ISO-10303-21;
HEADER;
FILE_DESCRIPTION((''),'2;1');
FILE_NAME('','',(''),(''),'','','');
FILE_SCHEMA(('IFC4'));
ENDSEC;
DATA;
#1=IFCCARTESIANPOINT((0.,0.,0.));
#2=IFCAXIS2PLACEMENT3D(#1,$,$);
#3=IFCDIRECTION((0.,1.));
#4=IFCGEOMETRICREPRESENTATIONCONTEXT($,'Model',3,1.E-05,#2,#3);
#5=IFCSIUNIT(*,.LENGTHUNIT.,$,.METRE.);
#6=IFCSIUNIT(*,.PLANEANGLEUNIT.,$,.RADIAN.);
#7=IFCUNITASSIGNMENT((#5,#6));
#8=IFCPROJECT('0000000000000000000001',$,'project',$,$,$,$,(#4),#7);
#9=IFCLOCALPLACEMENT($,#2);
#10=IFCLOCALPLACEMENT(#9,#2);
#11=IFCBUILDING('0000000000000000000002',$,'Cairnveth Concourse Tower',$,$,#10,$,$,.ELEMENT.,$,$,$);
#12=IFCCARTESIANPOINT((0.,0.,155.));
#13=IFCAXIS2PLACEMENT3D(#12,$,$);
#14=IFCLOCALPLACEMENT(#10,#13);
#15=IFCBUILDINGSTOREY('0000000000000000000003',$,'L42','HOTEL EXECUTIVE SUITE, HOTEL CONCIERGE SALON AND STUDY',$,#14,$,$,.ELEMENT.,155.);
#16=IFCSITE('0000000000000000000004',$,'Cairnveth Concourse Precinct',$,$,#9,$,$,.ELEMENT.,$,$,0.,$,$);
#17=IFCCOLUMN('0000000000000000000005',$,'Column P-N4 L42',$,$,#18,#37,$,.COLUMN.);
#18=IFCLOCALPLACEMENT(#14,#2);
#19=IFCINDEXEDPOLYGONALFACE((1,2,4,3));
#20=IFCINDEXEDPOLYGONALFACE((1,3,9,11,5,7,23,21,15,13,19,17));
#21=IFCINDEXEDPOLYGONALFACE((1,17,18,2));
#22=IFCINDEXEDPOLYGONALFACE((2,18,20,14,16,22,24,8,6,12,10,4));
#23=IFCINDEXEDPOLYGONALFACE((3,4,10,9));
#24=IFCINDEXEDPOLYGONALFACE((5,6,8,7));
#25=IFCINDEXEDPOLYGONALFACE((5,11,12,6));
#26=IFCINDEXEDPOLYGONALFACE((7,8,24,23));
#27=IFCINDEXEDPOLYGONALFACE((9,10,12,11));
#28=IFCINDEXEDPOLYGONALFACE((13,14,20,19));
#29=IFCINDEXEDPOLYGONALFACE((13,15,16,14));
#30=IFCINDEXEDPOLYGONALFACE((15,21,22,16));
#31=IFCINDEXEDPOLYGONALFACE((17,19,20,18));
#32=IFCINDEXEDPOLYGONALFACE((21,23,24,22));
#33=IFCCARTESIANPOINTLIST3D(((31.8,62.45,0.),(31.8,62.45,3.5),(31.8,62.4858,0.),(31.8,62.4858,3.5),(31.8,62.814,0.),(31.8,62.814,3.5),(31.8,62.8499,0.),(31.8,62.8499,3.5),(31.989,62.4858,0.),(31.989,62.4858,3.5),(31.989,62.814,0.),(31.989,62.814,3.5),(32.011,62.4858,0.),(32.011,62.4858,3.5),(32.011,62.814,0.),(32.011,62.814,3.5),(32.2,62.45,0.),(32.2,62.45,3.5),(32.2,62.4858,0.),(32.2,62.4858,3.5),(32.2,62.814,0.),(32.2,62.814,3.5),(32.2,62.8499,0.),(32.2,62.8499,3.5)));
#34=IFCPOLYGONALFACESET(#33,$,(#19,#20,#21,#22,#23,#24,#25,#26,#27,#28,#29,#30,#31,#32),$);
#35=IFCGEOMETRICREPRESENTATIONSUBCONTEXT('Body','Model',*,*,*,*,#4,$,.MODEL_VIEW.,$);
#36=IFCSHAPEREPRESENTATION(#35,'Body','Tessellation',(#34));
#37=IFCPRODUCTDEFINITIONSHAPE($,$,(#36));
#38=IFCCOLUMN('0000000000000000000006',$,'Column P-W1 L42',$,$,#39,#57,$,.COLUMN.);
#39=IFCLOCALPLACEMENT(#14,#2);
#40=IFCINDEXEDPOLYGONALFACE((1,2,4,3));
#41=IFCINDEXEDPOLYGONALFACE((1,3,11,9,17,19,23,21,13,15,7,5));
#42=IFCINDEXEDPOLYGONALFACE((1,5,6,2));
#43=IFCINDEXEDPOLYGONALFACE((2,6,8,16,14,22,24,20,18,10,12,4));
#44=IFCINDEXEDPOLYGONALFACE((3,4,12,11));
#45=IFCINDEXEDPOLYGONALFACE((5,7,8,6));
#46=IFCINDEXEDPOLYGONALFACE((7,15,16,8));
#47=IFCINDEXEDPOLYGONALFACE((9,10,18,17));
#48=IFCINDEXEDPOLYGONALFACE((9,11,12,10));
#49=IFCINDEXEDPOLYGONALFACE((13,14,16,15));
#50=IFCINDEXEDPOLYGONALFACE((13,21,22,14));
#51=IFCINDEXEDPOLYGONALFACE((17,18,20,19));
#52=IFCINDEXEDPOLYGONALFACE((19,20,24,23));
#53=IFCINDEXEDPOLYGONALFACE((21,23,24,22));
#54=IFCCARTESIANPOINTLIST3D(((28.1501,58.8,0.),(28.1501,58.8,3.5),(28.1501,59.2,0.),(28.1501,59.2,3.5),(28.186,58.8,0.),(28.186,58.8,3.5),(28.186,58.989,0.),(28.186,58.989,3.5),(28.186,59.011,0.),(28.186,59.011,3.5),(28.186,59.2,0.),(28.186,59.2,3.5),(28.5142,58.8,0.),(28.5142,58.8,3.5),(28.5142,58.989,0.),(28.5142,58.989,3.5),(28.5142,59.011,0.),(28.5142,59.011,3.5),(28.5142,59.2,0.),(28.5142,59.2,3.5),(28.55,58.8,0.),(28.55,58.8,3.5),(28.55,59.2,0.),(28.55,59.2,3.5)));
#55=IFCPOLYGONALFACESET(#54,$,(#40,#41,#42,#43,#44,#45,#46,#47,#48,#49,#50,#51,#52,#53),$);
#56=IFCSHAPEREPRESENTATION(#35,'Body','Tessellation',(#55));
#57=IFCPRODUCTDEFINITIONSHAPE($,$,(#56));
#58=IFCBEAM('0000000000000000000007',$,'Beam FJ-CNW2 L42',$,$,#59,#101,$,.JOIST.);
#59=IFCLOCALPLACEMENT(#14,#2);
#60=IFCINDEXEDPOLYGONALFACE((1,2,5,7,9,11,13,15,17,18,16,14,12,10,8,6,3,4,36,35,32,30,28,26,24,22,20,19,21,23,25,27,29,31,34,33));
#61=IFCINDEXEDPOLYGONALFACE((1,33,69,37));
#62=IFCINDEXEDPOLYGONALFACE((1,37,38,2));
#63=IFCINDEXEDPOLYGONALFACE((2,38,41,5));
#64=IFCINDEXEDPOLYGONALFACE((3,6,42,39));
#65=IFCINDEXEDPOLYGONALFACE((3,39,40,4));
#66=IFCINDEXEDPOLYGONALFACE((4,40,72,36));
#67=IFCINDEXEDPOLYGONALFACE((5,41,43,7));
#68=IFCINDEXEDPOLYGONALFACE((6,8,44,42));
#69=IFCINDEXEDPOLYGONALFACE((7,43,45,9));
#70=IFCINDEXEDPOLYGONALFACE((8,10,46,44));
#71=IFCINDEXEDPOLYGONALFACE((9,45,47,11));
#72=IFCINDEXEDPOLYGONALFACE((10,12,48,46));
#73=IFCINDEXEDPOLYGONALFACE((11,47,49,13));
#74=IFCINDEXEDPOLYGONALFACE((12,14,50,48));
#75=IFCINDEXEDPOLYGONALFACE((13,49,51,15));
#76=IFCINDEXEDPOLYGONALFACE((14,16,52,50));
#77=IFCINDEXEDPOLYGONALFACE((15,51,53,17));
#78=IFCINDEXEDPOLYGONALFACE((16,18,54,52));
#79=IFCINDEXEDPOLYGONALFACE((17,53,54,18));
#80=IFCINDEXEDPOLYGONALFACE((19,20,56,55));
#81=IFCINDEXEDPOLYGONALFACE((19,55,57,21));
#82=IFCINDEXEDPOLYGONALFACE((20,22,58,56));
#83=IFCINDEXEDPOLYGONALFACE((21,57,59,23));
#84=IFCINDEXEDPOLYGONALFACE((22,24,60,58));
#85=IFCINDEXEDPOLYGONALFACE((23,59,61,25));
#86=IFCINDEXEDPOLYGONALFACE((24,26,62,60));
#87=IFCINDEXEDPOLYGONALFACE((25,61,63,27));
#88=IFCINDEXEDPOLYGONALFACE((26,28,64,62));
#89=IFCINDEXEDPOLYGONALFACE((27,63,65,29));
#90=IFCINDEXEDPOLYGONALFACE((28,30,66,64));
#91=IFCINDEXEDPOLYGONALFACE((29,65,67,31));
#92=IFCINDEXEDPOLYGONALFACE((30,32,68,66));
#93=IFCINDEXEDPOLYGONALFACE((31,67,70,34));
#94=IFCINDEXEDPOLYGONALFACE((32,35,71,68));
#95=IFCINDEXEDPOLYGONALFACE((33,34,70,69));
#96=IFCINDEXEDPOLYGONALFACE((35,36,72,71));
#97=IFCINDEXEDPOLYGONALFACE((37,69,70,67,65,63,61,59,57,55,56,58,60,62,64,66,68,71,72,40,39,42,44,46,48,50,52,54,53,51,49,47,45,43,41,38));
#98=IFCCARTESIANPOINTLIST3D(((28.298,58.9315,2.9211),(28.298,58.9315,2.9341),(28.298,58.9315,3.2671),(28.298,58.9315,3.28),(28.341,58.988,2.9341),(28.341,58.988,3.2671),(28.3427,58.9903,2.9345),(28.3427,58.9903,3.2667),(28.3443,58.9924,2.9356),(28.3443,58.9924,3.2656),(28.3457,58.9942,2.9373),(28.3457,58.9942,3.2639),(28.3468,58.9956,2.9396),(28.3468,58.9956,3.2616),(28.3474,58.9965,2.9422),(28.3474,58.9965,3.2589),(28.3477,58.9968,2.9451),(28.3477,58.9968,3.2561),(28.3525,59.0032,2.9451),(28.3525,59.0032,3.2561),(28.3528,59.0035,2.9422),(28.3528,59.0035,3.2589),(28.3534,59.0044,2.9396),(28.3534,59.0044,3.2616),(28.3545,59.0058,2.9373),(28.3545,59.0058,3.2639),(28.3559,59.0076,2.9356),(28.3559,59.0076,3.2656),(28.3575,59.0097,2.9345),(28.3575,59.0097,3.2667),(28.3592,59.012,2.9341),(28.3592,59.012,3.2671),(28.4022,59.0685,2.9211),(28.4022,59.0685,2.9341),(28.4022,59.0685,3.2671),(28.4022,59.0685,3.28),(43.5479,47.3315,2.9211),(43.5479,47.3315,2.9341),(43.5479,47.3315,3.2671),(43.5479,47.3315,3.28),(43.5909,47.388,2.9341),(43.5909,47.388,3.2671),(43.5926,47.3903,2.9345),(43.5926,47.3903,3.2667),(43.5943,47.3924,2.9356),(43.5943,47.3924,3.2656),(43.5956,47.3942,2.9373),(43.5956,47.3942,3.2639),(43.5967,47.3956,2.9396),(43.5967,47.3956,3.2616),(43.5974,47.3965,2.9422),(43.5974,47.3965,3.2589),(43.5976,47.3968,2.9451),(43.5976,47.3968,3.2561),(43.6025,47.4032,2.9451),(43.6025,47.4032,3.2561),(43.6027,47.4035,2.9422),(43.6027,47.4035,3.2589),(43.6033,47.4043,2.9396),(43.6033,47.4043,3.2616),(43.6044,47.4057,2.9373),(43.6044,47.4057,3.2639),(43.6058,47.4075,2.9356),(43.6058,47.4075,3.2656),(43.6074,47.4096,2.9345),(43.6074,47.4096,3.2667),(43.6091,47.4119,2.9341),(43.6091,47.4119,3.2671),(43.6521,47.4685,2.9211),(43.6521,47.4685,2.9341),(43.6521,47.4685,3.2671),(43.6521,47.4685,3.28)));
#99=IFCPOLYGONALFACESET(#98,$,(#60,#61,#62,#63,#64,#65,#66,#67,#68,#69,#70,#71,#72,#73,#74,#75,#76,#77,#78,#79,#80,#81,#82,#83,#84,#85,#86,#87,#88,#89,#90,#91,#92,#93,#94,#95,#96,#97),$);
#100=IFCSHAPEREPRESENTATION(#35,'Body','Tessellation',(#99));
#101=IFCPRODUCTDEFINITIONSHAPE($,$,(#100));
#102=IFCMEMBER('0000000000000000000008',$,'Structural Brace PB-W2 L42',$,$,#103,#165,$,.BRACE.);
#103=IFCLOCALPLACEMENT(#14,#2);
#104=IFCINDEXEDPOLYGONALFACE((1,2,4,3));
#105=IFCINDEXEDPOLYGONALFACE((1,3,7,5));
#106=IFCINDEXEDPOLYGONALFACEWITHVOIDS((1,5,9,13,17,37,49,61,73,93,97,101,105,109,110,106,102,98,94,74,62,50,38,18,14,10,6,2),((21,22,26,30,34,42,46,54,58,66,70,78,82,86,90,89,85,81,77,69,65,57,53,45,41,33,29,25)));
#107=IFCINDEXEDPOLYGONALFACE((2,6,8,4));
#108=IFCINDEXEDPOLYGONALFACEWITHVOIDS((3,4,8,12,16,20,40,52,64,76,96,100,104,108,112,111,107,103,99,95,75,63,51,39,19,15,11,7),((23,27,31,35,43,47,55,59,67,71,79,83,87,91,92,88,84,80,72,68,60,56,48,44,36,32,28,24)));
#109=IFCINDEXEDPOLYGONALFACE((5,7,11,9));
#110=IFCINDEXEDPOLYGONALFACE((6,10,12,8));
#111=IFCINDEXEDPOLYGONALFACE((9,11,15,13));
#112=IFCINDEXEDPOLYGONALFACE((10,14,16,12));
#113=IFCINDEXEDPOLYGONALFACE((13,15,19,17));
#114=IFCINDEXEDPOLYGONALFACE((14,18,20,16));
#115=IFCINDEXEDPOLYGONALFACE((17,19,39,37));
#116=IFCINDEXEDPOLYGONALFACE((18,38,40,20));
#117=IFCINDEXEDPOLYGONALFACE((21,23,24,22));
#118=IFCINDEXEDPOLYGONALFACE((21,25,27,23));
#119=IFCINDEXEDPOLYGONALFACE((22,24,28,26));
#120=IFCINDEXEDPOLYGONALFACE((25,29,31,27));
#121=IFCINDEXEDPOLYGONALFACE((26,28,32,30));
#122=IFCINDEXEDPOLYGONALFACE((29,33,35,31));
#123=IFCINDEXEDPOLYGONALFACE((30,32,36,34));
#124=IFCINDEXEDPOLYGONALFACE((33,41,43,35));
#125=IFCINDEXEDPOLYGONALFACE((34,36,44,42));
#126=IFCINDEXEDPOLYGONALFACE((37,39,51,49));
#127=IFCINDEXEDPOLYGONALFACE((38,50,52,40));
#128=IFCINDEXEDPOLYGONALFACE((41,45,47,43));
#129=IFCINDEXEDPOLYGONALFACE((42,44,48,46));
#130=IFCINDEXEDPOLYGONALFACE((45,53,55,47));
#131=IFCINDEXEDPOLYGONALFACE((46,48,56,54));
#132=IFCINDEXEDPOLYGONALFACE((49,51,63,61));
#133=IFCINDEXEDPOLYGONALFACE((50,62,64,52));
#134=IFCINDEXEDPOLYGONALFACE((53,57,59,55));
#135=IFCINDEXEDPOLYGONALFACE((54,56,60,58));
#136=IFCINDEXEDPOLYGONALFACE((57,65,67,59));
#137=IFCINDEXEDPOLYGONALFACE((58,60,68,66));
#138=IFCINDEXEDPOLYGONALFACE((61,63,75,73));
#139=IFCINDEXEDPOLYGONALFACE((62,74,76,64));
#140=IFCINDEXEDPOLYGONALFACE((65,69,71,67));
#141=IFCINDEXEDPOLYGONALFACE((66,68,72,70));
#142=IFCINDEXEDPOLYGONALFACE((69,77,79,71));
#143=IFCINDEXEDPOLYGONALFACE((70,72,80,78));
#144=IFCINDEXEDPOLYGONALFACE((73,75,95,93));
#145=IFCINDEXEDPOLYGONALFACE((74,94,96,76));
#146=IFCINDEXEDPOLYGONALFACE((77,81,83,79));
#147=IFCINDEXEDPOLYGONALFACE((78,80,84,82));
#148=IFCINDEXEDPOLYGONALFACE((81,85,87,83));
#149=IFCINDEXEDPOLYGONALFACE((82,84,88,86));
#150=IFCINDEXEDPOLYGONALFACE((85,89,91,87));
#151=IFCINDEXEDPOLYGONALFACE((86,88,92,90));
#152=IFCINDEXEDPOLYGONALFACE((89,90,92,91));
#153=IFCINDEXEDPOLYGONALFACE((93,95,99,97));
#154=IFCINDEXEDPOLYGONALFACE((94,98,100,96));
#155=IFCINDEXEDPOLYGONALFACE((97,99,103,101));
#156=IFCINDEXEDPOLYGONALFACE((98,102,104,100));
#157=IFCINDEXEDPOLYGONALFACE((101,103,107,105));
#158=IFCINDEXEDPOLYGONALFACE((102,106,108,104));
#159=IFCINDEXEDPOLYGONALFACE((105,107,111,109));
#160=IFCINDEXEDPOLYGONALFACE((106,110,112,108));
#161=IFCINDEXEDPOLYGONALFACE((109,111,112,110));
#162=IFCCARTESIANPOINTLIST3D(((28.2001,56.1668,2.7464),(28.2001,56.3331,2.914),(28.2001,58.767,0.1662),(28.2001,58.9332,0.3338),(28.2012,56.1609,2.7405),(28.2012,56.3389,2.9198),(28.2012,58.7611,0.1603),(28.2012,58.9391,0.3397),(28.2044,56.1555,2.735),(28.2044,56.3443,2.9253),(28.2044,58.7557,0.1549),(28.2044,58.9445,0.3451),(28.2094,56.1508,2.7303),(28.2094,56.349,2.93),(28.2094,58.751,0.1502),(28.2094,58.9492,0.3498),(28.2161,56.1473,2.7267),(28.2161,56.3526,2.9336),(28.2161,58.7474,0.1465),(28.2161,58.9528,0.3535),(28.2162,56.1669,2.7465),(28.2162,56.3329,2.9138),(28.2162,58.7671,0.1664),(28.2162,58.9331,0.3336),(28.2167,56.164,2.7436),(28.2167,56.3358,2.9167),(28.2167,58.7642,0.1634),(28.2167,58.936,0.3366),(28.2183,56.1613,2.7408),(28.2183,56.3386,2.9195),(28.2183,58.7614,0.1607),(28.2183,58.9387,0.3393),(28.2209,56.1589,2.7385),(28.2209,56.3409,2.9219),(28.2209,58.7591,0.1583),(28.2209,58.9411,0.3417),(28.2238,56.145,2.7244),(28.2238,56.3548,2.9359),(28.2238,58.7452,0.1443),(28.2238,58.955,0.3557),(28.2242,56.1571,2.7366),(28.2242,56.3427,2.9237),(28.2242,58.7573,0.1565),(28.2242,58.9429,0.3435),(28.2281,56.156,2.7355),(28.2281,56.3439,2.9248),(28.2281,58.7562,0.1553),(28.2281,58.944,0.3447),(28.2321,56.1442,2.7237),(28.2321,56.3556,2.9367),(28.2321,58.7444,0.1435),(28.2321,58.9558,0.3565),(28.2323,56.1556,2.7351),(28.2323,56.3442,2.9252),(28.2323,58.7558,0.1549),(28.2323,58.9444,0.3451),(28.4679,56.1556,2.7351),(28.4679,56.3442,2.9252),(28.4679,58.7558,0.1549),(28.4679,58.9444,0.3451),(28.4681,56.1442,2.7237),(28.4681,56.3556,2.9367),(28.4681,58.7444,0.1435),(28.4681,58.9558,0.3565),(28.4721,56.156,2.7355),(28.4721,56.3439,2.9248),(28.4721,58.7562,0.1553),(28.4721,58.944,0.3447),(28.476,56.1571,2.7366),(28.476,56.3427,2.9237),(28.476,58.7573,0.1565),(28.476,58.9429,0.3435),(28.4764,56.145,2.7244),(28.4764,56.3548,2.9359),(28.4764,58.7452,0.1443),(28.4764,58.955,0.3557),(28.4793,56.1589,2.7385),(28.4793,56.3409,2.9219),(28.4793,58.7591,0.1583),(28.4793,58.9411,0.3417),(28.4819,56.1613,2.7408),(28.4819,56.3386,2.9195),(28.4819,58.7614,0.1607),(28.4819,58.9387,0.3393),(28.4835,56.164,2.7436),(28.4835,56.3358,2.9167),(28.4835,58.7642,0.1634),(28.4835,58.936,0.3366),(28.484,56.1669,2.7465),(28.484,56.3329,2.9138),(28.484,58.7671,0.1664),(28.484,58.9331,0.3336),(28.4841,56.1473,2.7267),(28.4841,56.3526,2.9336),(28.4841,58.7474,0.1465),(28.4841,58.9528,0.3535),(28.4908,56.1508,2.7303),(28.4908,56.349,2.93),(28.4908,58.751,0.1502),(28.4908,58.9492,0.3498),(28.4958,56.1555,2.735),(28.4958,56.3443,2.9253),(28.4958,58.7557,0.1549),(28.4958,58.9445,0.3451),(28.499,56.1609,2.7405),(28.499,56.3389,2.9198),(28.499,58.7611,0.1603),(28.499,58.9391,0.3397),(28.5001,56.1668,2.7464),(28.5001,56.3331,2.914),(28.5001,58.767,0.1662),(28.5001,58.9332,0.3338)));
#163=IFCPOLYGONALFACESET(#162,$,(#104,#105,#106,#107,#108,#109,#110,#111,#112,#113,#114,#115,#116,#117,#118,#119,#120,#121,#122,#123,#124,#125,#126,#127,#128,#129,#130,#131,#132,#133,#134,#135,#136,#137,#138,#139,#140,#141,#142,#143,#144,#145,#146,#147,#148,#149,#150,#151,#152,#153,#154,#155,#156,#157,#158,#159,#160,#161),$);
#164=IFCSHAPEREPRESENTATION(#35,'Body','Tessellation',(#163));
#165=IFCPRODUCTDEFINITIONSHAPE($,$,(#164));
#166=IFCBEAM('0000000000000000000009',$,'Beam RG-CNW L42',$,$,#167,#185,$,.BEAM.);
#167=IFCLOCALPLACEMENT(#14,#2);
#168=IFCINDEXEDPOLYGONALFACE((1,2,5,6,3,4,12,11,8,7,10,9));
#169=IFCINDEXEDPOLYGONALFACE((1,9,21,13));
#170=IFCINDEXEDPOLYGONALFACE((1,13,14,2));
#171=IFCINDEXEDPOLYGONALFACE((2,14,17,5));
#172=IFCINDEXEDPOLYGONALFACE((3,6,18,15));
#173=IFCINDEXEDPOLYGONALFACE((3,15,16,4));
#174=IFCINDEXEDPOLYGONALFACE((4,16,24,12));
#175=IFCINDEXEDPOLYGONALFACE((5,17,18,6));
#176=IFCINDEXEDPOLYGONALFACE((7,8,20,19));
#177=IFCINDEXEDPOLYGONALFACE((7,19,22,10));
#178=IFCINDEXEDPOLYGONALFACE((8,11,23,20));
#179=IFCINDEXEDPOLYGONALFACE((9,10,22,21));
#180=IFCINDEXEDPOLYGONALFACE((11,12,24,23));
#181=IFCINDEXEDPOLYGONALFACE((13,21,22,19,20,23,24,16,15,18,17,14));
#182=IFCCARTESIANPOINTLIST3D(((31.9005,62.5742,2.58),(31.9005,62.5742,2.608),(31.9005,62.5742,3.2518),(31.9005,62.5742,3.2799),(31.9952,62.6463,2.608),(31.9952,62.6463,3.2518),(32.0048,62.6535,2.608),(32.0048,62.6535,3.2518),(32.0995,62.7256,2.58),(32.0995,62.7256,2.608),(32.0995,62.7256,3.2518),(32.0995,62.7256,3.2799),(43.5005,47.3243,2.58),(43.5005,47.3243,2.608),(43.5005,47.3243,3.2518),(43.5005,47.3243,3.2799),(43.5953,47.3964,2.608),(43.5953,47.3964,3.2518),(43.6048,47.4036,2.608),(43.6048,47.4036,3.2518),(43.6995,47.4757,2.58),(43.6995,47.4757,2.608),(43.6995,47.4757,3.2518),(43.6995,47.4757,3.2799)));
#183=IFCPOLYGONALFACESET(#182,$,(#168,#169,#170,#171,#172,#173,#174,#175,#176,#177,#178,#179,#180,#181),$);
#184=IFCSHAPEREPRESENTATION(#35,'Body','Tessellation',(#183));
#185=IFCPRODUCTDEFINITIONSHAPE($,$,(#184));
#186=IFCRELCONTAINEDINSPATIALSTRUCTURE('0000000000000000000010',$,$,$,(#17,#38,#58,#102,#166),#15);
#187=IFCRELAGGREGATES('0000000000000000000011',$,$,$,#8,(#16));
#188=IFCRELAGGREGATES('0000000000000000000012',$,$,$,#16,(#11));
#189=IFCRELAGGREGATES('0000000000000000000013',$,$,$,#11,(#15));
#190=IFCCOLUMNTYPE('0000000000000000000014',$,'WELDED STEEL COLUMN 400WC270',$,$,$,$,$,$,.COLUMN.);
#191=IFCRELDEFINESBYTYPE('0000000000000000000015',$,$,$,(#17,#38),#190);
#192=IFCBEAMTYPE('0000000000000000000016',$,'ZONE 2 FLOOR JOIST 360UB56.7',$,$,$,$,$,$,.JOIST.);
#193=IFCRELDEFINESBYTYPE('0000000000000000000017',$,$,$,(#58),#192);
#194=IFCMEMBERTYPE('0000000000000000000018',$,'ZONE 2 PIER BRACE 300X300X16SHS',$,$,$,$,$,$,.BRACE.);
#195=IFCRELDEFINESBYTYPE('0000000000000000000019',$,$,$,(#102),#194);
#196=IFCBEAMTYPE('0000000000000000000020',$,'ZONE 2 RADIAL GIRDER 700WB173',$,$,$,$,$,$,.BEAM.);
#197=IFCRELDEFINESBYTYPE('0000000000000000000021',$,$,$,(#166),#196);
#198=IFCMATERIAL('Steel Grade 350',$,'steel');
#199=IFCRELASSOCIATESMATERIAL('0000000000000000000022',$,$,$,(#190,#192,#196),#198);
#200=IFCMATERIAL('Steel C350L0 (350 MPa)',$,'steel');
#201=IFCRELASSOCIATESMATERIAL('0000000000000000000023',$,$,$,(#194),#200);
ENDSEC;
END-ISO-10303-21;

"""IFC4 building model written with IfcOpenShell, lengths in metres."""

from ifc_helpers import new_model, si_unit, direction, frame, origin, origin_2d, place, context, subcontext, project, spatial, hollow_rectangle, i_section, extrude, material, material_profile, profile_set, type_object, element, save


model = new_model("IFC4")

# Units and contexts
model_context = context("Model", 3, precision=1e-05, world=origin(), true_north=direction((0.0, 1.0)))
body_context = subcontext(model_context, "Body", "Model", "MODEL_VIEW")
ifc_project = project(units=[si_unit("LENGTHUNIT", "METRE"), si_unit("PLANEANGLEUNIT", "RADIAN")], contexts=[model_context])

# Site, building, storey
site_placement = place(None, origin())
site = spatial("IfcSite", under=ifc_project, at=site_placement, Name="Cairnveth Concourse Precinct", CompositionType="ELEMENT", RefElevation=0.0)
building_placement = place(site_placement, origin())
building = spatial("IfcBuilding", under=site, at=building_placement, Name="Cairnveth Concourse Tower", CompositionType="ELEMENT")
storey_placement = place(building_placement, frame((0.0, 0.0, 155.0)))
storey = spatial("IfcBuildingStorey", under=building, at=storey_placement, Name="L42", Description="HOTEL EXECUTIVE SUITE, HOTEL CONCIERGE SALON AND STUDY", CompositionType="ELEMENT", Elevation=155.0)

# Columns
ifc_material_1 = material(Name="Steel Grade 350", Category="steel")
ifc_material_profile_1 = material_profile(ifc_material_1, i_section(OverallWidth=0.3999, OverallDepth=0.3999, WebThickness=0.022, FlangeThickness=0.0359, at=origin_2d()), Name="400WC270")
ifc_profile_set_1 = profile_set([ifc_material_profile_1], Name="Steel Grade 350")
column_type = type_object("IfcColumnType", Name="WELDED STEEL COLUMN 400WC270", PredefinedType="COLUMN", material=ifc_profile_set_1)
for number, where, z_axis, x_axis, name in (
    (1, (32.0, 62.6499, 0.0), (0.0, 0.0, 1.0), (1.0, 0.0, 0.0), "Column P-N4 L42"),
    (2, (28.3501, 59.0, 0.0), (0.0, 0.0, 1.0), (0.0, 1.0, 0.0), "Column P-W1 L42"),
):
    element("IfcColumn", number, at=place(storey_placement, frame(where, z_axis=z_axis, x_axis=x_axis)), inside=storey, type_object=column_type, Name=name, PredefinedType="COLUMN", context=body_context, shape_type="SweptSolid", body=[
        extrude(i_section(OverallWidth=0.3999, OverallDepth=0.3999, WebThickness=0.022, FlangeThickness=0.0359, at=origin_2d()), origin(), (0.0, 0.0, 1.0), 3.5),
    ])

# Beam
ifc_material_profile_2 = material_profile(ifc_material_1, i_section(OverallWidth=0.1721, OverallDepth=0.3589, WebThickness=0.0081, FlangeThickness=0.0129, FilletRadius=0.011, at=origin_2d()), Name="360UB56.7")
ifc_profile_set_2 = profile_set([ifc_material_profile_2], Name="Steel Grade 350")
beam_type_1 = type_object("IfcBeamType", Name="ZONE 2 FLOOR JOIST 360UB56.7", PredefinedType="JOIST", material=ifc_profile_set_2)
beam_1_placement = place(storey_placement, frame((28.3501, 59.0, 3.1006), z_axis=(0.795908, -0.605417, 0.0), x_axis=(0.605417, 0.795908, 0.0)))
element("IfcBeam", 3, at=beam_1_placement, inside=storey, type_object=beam_type_1, Name="Beam FJ-CNW2 L42", PredefinedType="JOIST", context=body_context, shape_type="SweptSolid", body=[
    extrude(i_section(OverallWidth=0.1721, OverallDepth=0.3589, WebThickness=0.0081, FlangeThickness=0.0129, FilletRadius=0.011, at=origin_2d()), origin(), (0.0, 0.0, 1.0), 19.1604),
])

# Member
ifc_material_2 = material(Name="Steel C350L0 (350 MPa)", Category="steel")
ifc_material_profile_3 = material_profile(ifc_material_2, hollow_rectangle(XDim=0.3, YDim=0.3, WallThickness=0.0161, InnerFilletRadius=0.0161, OuterFilletRadius=0.032, at=origin_2d()), Name="300x300x16.0SHS")
ifc_profile_set_3 = profile_set([ifc_material_profile_3], Name="Steel C350L0 (350 MPa)")
member_type = type_object("IfcMemberType", Name="ZONE 2 PIER BRACE 300X300X16SHS", PredefinedType="BRACE", material=ifc_profile_set_3)
member_placement = place(storey_placement, frame((28.3501, 58.8501, 0.25), z_axis=(0.0, -0.709834, 0.704369), x_axis=(1.0, 0.0, 0.0)))
element("IfcMember", 4, at=member_placement, inside=storey, type_object=member_type, Name="Structural Brace PB-W2 L42", PredefinedType="BRACE", context=body_context, shape_type="SweptSolid", body=[
    extrude(hollow_rectangle(XDim=0.3, YDim=0.3, WallThickness=0.0161, InnerFilletRadius=0.0161, OuterFilletRadius=0.032, at=origin_2d()), origin(), (0.0, 0.0, 1.0), 3.6631),
])

# Beam
ifc_material_profile_4 = material_profile(ifc_material_1, i_section(OverallWidth=0.25, OverallDepth=0.7, WebThickness=0.012, FlangeThickness=0.0281, at=origin_2d()), Name="700WB173")
ifc_profile_set_4 = profile_set([ifc_material_profile_4], Name="Steel Grade 350")
beam_type_2 = type_object("IfcBeamType", Name="ZONE 2 RADIAL GIRDER 700WB173", PredefinedType="BEAM", material=ifc_profile_set_4)
beam_2_placement = place(storey_placement, frame((32.0, 62.6499, 2.9299), z_axis=(0.605417, -0.795908, 0.0), x_axis=(0.795908, 0.605417, 0.0)))
element("IfcBeam", 5, at=beam_2_placement, inside=storey, type_object=beam_type_2, Name="Beam RG-CNW L42", PredefinedType="BEAM", context=body_context, shape_type="SweptSolid", body=[
    extrude(i_section(OverallWidth=0.25, OverallDepth=0.7, WebThickness=0.012, FlangeThickness=0.0281, at=origin_2d()), origin(), (0.0, 0.0, 1.0), 19.1604),
])

save(model, "model.ifc")
